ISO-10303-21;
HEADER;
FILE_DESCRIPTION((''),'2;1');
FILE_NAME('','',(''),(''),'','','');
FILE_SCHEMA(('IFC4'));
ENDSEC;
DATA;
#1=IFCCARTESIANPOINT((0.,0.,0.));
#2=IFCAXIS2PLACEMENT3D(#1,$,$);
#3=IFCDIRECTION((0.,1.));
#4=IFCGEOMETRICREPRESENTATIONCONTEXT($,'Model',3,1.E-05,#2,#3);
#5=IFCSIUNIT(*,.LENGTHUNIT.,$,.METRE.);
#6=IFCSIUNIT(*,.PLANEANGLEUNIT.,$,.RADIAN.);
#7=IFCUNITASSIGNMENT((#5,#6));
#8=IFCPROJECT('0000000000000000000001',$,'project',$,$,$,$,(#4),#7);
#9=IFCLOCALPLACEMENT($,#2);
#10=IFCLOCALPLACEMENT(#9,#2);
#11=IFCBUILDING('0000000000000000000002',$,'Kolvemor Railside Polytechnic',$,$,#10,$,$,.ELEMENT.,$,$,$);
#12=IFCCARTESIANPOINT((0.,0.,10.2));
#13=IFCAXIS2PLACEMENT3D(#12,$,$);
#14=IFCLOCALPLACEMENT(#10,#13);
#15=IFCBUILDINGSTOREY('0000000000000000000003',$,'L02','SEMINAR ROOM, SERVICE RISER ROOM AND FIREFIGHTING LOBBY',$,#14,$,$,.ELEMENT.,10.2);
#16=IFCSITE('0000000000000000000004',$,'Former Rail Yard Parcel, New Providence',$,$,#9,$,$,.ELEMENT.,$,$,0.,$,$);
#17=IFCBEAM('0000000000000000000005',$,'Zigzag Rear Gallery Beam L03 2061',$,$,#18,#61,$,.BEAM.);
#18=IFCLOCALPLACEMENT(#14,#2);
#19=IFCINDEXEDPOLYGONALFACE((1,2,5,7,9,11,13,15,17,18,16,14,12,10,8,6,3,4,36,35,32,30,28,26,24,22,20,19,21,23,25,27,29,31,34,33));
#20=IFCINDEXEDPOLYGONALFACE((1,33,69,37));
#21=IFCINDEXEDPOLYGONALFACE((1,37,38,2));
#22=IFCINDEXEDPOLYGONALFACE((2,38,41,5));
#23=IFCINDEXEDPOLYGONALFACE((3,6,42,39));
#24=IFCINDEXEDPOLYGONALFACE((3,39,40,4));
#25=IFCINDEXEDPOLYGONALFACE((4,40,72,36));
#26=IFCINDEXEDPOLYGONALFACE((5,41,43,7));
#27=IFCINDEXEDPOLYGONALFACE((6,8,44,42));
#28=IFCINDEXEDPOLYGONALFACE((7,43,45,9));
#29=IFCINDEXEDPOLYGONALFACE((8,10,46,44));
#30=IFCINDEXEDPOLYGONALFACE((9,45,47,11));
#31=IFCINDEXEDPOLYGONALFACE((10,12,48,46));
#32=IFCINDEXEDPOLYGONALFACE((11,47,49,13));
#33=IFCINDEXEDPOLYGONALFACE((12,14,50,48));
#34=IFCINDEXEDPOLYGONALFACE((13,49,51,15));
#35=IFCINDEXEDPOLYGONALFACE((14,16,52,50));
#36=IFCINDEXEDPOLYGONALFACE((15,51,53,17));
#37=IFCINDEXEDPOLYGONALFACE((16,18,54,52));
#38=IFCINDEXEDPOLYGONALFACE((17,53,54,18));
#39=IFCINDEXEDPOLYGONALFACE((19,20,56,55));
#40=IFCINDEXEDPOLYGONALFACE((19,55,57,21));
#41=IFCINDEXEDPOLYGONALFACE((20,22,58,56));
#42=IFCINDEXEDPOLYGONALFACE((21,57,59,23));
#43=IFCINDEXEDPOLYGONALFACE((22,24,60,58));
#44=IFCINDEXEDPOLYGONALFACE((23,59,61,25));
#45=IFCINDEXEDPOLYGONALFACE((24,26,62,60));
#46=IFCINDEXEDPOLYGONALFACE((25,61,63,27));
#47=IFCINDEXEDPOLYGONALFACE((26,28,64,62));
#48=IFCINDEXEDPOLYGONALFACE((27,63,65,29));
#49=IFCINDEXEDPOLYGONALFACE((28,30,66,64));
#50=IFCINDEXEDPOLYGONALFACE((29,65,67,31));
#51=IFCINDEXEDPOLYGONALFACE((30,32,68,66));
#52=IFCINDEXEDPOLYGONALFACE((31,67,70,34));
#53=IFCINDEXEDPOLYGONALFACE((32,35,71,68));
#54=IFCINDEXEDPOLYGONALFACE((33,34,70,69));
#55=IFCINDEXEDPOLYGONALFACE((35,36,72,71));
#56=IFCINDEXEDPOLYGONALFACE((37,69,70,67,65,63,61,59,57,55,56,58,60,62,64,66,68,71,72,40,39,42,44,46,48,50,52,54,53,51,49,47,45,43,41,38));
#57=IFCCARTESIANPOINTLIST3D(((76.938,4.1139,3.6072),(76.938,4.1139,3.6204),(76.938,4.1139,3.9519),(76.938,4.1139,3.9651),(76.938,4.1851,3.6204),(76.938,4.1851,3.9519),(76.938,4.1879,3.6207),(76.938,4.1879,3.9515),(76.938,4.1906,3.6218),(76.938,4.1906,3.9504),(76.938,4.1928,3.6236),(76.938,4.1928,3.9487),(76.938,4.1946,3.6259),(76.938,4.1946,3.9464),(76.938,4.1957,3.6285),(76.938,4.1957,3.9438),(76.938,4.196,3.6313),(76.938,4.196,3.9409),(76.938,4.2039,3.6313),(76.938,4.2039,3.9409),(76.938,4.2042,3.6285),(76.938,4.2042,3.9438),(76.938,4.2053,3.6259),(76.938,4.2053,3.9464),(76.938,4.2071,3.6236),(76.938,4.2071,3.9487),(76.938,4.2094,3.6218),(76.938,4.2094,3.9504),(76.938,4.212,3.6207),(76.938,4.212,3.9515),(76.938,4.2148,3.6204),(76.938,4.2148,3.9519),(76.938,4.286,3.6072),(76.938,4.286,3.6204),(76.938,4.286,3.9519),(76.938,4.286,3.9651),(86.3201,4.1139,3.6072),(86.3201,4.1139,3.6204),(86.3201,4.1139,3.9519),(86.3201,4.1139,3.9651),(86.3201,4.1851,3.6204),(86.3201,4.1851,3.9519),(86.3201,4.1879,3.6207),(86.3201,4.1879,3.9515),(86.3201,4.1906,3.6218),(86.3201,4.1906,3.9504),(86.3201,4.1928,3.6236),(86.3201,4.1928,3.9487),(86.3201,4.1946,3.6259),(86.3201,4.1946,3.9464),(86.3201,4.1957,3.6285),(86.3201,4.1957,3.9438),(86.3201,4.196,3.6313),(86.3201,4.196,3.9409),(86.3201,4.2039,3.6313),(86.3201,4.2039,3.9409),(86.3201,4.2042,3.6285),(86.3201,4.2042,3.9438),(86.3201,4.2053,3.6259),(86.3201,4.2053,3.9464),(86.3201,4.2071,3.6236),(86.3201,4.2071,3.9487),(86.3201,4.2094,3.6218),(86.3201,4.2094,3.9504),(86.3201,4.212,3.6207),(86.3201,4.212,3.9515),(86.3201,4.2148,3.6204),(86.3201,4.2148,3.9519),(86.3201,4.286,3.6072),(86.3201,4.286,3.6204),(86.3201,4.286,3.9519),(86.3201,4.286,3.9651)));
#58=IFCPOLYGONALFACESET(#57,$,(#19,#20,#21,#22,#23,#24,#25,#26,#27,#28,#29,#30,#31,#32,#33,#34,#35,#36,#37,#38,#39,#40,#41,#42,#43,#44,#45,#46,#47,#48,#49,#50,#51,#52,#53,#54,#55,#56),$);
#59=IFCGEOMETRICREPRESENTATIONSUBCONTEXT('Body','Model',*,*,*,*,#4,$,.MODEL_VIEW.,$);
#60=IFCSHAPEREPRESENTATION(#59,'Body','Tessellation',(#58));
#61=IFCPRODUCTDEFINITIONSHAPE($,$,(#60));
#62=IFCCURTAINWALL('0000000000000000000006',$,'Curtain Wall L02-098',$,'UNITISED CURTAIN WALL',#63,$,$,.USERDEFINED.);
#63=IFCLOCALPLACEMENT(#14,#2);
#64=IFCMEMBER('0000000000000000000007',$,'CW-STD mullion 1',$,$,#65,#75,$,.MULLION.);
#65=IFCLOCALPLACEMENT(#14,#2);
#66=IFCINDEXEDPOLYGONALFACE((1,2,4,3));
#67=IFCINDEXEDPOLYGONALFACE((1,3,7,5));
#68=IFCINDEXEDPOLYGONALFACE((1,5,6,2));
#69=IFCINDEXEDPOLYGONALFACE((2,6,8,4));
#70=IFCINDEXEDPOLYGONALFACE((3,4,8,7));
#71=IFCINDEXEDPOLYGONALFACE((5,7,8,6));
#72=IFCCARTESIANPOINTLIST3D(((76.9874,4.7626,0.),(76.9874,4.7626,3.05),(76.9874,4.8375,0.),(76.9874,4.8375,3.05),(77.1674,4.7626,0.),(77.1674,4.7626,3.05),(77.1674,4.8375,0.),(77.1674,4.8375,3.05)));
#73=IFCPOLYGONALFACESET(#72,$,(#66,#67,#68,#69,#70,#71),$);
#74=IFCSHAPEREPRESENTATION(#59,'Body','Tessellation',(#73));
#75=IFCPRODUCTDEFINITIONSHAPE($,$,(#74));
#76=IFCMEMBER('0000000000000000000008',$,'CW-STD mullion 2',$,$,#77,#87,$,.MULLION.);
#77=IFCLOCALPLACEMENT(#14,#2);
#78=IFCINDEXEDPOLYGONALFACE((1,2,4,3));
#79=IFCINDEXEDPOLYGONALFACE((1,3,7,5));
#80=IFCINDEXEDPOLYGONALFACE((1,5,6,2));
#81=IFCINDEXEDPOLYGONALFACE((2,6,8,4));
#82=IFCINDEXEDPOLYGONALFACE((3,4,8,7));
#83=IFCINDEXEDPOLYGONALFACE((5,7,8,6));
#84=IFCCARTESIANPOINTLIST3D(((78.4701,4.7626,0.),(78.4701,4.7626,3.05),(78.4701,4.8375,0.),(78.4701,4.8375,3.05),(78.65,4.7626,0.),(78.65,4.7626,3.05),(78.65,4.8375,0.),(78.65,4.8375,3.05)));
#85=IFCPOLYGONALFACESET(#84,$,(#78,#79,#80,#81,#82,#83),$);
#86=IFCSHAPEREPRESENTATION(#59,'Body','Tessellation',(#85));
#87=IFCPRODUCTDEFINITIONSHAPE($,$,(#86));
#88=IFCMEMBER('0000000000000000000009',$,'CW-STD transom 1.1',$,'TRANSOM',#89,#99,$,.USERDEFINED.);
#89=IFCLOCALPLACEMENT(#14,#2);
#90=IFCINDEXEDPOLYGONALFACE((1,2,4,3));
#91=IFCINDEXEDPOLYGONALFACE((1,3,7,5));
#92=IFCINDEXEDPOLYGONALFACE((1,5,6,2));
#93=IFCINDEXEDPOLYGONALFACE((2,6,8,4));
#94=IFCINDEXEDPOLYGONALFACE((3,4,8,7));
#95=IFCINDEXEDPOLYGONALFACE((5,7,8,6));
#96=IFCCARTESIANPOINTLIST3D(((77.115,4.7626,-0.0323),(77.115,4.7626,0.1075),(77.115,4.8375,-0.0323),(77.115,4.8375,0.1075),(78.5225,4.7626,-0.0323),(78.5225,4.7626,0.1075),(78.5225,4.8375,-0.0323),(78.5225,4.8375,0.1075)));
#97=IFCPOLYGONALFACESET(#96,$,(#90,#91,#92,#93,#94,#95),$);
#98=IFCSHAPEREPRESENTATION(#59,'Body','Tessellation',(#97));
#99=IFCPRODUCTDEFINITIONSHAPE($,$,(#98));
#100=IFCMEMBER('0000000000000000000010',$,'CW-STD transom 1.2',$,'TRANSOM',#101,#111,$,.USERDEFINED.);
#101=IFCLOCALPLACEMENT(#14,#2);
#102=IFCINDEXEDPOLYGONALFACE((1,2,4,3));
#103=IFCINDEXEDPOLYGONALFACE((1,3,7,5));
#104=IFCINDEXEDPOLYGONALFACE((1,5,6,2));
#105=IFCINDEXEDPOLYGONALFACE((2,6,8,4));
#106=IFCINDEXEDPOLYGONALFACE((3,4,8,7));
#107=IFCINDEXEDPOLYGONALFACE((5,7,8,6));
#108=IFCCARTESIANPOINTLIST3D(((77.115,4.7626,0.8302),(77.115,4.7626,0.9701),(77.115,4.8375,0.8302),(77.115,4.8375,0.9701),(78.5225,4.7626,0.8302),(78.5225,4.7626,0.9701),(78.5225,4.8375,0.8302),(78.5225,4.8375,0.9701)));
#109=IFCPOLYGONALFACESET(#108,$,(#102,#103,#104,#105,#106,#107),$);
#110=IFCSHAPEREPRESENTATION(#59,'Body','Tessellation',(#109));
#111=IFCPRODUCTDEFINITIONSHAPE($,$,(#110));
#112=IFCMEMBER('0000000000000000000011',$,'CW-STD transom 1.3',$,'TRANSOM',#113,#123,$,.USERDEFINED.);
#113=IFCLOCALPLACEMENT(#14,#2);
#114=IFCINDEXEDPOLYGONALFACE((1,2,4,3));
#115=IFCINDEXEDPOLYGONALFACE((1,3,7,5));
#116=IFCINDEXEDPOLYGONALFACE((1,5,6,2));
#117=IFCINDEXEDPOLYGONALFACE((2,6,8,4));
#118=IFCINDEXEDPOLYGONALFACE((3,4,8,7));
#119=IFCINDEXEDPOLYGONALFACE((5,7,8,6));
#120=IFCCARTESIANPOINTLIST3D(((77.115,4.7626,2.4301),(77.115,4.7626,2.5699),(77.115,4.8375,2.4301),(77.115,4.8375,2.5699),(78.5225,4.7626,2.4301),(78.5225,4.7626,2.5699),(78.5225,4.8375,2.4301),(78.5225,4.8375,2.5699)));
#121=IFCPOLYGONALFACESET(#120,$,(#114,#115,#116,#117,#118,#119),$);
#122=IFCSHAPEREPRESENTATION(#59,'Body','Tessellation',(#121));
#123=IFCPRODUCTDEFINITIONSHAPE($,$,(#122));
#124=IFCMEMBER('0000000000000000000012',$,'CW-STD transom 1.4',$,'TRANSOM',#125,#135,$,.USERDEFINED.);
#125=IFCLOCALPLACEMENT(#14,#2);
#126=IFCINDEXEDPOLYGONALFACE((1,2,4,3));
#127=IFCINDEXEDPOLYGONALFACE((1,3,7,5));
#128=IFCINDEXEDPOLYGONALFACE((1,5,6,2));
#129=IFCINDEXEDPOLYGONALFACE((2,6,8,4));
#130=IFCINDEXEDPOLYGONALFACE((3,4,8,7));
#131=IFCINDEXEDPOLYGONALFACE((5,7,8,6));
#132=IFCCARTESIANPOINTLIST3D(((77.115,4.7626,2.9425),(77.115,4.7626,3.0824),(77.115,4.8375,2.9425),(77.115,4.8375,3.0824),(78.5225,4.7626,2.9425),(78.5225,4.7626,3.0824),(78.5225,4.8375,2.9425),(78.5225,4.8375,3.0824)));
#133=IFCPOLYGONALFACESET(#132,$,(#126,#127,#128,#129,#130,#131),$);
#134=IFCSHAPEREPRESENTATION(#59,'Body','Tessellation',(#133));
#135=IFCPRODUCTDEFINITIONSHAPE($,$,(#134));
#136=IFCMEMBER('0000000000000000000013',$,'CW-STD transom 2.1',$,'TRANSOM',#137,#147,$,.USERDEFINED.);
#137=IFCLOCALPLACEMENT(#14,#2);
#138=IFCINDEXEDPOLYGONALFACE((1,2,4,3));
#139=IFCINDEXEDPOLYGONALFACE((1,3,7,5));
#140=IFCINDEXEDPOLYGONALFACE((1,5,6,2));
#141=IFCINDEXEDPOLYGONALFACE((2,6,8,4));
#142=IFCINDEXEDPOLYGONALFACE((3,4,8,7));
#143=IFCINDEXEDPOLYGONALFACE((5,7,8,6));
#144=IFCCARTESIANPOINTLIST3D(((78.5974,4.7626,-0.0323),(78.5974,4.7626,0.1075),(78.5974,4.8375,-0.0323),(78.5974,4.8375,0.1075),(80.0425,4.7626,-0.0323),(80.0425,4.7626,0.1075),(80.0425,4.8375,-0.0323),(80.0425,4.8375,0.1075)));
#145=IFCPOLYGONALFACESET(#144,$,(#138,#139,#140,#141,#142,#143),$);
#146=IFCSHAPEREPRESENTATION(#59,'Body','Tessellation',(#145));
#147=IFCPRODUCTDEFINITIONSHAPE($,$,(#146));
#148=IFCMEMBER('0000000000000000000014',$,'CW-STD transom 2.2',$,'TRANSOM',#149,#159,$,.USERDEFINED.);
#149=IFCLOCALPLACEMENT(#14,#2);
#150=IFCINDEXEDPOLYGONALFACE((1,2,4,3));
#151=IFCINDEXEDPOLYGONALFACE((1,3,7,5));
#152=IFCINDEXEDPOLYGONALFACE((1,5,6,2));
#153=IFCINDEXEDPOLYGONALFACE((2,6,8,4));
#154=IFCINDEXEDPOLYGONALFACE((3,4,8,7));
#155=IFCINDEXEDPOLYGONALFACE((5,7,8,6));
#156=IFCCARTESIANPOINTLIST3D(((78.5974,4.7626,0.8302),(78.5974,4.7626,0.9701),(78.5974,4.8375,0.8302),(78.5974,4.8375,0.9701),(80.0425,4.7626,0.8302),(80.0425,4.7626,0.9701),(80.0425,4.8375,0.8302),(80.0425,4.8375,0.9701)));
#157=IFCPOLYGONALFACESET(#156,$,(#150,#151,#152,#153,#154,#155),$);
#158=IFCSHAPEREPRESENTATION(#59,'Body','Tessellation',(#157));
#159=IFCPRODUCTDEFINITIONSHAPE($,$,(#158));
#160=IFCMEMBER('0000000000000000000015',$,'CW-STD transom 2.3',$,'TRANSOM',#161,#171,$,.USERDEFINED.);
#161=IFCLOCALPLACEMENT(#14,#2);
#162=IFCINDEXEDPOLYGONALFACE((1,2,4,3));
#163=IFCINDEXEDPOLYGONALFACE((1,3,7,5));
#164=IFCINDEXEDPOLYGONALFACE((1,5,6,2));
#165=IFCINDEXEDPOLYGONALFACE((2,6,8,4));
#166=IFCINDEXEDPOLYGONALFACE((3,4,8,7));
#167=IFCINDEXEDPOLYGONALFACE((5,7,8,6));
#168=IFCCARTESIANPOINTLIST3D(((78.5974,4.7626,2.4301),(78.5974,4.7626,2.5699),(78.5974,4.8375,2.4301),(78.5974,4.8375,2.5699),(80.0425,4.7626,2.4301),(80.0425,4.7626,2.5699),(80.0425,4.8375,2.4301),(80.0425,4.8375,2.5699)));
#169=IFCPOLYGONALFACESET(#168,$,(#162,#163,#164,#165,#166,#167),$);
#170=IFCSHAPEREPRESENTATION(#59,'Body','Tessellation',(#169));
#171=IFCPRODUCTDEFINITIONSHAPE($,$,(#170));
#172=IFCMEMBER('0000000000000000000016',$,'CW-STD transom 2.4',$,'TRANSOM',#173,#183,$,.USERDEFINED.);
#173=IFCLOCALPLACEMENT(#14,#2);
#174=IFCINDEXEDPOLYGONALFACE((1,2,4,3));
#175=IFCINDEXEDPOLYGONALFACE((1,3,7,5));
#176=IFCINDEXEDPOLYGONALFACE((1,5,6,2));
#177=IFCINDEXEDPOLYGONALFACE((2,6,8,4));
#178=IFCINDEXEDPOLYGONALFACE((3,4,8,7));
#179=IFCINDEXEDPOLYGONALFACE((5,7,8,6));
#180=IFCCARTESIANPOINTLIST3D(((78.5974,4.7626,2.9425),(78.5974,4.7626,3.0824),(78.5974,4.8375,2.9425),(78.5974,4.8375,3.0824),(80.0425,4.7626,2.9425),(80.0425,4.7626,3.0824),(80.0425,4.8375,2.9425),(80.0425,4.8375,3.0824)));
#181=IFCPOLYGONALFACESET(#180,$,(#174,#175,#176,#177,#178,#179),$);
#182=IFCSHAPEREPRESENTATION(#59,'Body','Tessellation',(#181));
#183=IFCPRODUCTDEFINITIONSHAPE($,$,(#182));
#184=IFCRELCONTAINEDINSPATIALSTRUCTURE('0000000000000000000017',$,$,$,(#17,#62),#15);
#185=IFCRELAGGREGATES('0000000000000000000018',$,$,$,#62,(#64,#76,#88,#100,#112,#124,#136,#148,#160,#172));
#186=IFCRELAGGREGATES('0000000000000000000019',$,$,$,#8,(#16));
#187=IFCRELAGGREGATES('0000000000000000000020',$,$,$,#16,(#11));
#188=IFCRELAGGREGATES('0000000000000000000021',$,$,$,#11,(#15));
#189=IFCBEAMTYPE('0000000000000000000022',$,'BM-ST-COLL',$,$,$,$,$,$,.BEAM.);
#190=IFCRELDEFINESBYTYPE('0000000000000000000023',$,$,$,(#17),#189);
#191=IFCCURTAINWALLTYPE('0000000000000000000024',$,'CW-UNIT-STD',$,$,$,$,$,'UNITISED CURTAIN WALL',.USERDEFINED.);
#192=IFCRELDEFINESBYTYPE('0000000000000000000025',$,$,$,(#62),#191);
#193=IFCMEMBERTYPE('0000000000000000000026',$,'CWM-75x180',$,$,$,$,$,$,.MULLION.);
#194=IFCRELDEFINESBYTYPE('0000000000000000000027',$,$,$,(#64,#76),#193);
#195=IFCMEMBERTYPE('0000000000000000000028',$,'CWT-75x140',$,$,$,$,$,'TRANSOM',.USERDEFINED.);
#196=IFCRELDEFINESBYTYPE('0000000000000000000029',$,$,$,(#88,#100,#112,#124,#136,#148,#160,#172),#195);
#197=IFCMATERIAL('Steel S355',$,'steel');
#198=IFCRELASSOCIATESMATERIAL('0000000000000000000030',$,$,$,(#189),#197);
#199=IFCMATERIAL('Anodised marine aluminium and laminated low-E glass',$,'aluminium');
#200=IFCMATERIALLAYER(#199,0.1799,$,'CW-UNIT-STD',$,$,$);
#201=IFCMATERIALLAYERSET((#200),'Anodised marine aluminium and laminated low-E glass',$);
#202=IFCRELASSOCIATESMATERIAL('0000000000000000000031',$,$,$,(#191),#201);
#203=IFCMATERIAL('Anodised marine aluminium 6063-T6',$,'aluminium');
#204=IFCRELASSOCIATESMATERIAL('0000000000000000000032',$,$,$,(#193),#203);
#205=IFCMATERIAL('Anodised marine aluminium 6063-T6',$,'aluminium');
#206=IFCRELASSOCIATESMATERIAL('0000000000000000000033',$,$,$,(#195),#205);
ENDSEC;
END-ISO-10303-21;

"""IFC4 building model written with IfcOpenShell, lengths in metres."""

from ifc_helpers import new_model, si_unit, direction, frame, origin, origin_2d, place, context, subcontext, project, spatial, rectangle, i_section, extrude, material, layer, layer_set, material_profile, profile_set, type_object, element, aggregate, save


model = new_model("IFC4")

# Units and contexts
model_context = context("Model", 3, precision=1e-05, world=origin(), true_north=direction((0.0, 1.0)))
body_context = subcontext(model_context, "Body", "Model", "MODEL_VIEW")
ifc_project = project(units=[si_unit("LENGTHUNIT", "METRE"), si_unit("PLANEANGLEUNIT", "RADIAN")], contexts=[model_context])

# Site, building, storey
site_placement = place(None, origin())
site = spatial("IfcSite", under=ifc_project, at=site_placement, Name="Former Rail Yard Parcel, New Providence", CompositionType="ELEMENT", RefElevation=0.0)
building_placement = place(site_placement, origin())
building = spatial("IfcBuilding", under=site, at=building_placement, Name="Kolvemor Railside Polytechnic", CompositionType="ELEMENT")
storey_placement = place(building_placement, frame((0.0, 0.0, 10.2)))
storey = spatial("IfcBuildingStorey", under=building, at=storey_placement, Name="L02", Description="SEMINAR ROOM, SERVICE RISER ROOM AND FIREFIGHTING LOBBY", CompositionType="ELEMENT", Elevation=10.2)

# Beam
ifc_material_1 = material(Name="Steel S355", Category="steel")
ifc_material_profile_1 = material_profile(ifc_material_1, i_section(OverallWidth=0.1721, OverallDepth=0.3579, WebThickness=0.0078, FlangeThickness=0.0132, FilletRadius=0.011, at=origin_2d()), Name="W360x57")
ifc_profile_set_1 = profile_set([ifc_material_profile_1], Name="Steel S355")
beam_type_1 = type_object("IfcBeamType", Name="BM-ST-COLL", PredefinedType="BEAM", material=ifc_profile_set_1)
beam_1_placement = place(storey_placement, frame((76.938, 4.2, 3.7861), z_axis=(1.0, 0.0, 0.0), x_axis=(0.0, 1.0, 0.0)))
element("IfcBeam", 1, at=beam_1_placement, inside=storey, type_object=beam_type_1, Name="Zigzag Rear Gallery Beam L03 2061", PredefinedType="BEAM", context=body_context, shape_type="SweptSolid", body=[
    extrude(i_section(OverallWidth=0.1721, OverallDepth=0.3579, WebThickness=0.0078, FlangeThickness=0.0132, FilletRadius=0.011, at=origin_2d()), origin(), (0.0, 0.0, 1.0), 9.3821),
])

# Curtain wall, members
ifc_material_2 = material(Name="Anodised marine aluminium and laminated low-E glass", Category="aluminium")
ifc_layer_1 = layer(ifc_material_2, 0.1799, Name="CW-UNIT-STD")
ifc_layer_set_1 = layer_set([ifc_layer_1], Name="Anodised marine aluminium and laminated low-E glass")
curtain_wall_type = type_object("IfcCurtainWallType", Name="CW-UNIT-STD", ElementType="UNITISED CURTAIN WALL", PredefinedType="USERDEFINED", material=ifc_layer_set_1)
curtain_wall_placement = place(storey_placement, origin())
curtain_wall = element("IfcCurtainWall", 2, at=curtain_wall_placement, inside=storey, type_object=curtain_wall_type, Name="Curtain Wall L02-098", ObjectType="UNITISED CURTAIN WALL", PredefinedType="USERDEFINED")
ifc_material_3 = material(Name="Anodised marine aluminium 6063-T6", Category="aluminium")
ifc_material_profile_2 = material_profile(ifc_material_3, rectangle(XDim=0.075, YDim=0.1799, at=origin_2d()), Name="CW-MUL-75x180")
ifc_profile_set_2 = profile_set([ifc_material_profile_2], Name="Anodised marine aluminium 6063-T6")
member_type_1 = type_object("IfcMemberType", Name="CWM-75x180", PredefinedType="MULLION", material=ifc_profile_set_2)
member_1_placement = place(storey_placement, frame((77.0774, 4.8, 0.0), z_axis=(0.0, 0.0, 1.0), x_axis=(0.0, 1.0, 0.0)))
member_1 = element("IfcMember", 3, at=member_1_placement, type_object=member_type_1, Name="CW-STD mullion 1", PredefinedType="MULLION", context=body_context, shape_type="SweptSolid", body=[
    extrude(rectangle(XDim=0.075, YDim=0.1799, at=origin_2d()), origin(), (0.0, 0.0, 1.0), 3.05),
])
member_2_placement = place(storey_placement, frame((78.5601, 4.8, 0.0), z_axis=(0.0, 0.0, 1.0), x_axis=(0.0, 1.0, 0.0)))
member_2 = element("IfcMember", 4, at=member_2_placement, type_object=member_type_1, Name="CW-STD mullion 2", PredefinedType="MULLION", context=body_context, shape_type="SweptSolid", body=[
    extrude(rectangle(XDim=0.075, YDim=0.1799, at=origin_2d()), origin(), (0.0, 0.0, 1.0), 3.05),
])
ifc_material_4 = material(Name="Anodised marine aluminium 6063-T6", Category="aluminium")
ifc_material_profile_3 = material_profile(ifc_material_4, rectangle(XDim=0.075, YDim=0.1399, at=origin_2d()), Name="CW-TRN-75x140")
ifc_profile_set_3 = profile_set([ifc_material_profile_3], Name="Anodised marine aluminium 6063-T6")
member_type_2 = type_object("IfcMemberType", Name="CWT-75x140", ElementType="TRANSOM", PredefinedType="USERDEFINED", material=ifc_profile_set_3)
member_3_placement = place(storey_placement, frame((77.115, 4.8, 0.0376), z_axis=(1.0, 0.0, 0.0), x_axis=(0.0, 1.0, 0.0)))
member_3 = element("IfcMember", 5, at=member_3_placement, type_object=member_type_2, Name="CW-STD transom 1.1", ObjectType="TRANSOM", PredefinedType="USERDEFINED", context=body_context, shape_type="SweptSolid", body=[
    extrude(rectangle(XDim=0.075, YDim=0.1399, at=origin_2d()), origin(), (0.0, 0.0, 1.0), 1.4075),
])
member_4_placement = place(storey_placement, frame((77.115, 4.8, 0.9001), z_axis=(1.0, 0.0, 0.0), x_axis=(0.0, 1.0, 0.0)))
member_4 = element("IfcMember", 6, at=member_4_placement, type_object=member_type_2, Name="CW-STD transom 1.2", ObjectType="TRANSOM", PredefinedType="USERDEFINED", context=body_context, shape_type="SweptSolid", body=[
    extrude(rectangle(XDim=0.075, YDim=0.1399, at=origin_2d()), origin(), (0.0, 0.0, 1.0), 1.4075),
])
member_5_placement = place(storey_placement, frame((77.115, 4.8, 2.5), z_axis=(1.0, 0.0, 0.0), x_axis=(0.0, 1.0, 0.0)))
member_5 = element("IfcMember", 7, at=member_5_placement, type_object=member_type_2, Name="CW-STD transom 1.3", ObjectType="TRANSOM", PredefinedType="USERDEFINED", context=body_context, shape_type="SweptSolid", body=[
    extrude(rectangle(XDim=0.075, YDim=0.1399, at=origin_2d()), origin(), (0.0, 0.0, 1.0), 1.4075),
])
member_6_placement = place(storey_placement, frame((77.115, 4.8, 3.0125), z_axis=(1.0, 0.0, 0.0), x_axis=(0.0, 1.0, 0.0)))
member_6 = element("IfcMember", 8, at=member_6_placement, type_object=member_type_2, Name="CW-STD transom 1.4", ObjectType="TRANSOM", PredefinedType="USERDEFINED", context=body_context, shape_type="SweptSolid", body=[
    extrude(rectangle(XDim=0.075, YDim=0.1399, at=origin_2d()), origin(), (0.0, 0.0, 1.0), 1.4075),
])
member_7_placement = place(storey_placement, frame((78.5974, 4.8, 0.0376), z_axis=(1.0, 0.0, 0.0), x_axis=(0.0, 1.0, 0.0)))
member_7 = element("IfcMember", 9, at=member_7_placement, type_object=member_type_2, Name="CW-STD transom 2.1", ObjectType="TRANSOM", PredefinedType="USERDEFINED", context=body_context, shape_type="SweptSolid", body=[
    extrude(rectangle(XDim=0.075, YDim=0.1399, at=origin_2d()), origin(), (0.0, 0.0, 1.0), 1.4451),
])
member_8_placement = place(storey_placement, frame((78.5974, 4.8, 0.9001), z_axis=(1.0, 0.0, 0.0), x_axis=(0.0, 1.0, 0.0)))
member_8 = element("IfcMember", 10, at=member_8_placement, type_object=member_type_2, Name="CW-STD transom 2.2", ObjectType="TRANSOM", PredefinedType="USERDEFINED", context=body_context, shape_type="SweptSolid", body=[
    extrude(rectangle(XDim=0.075, YDim=0.1399, at=origin_2d()), origin(), (0.0, 0.0, 1.0), 1.4451),
])
member_9_placement = place(storey_placement, frame((78.5974, 4.8, 2.5), z_axis=(1.0, 0.0, 0.0), x_axis=(0.0, 1.0, 0.0)))
member_9 = element("IfcMember", 11, at=member_9_placement, type_object=member_type_2, Name="CW-STD transom 2.3", ObjectType="TRANSOM", PredefinedType="USERDEFINED", context=body_context, shape_type="SweptSolid", body=[
    extrude(rectangle(XDim=0.075, YDim=0.1399, at=origin_2d()), origin(), (0.0, 0.0, 1.0), 1.4451),
])
member_10_placement = place(storey_placement, frame((78.5974, 4.8, 3.0125), z_axis=(1.0, 0.0, 0.0), x_axis=(0.0, 1.0, 0.0)))
member_10 = element("IfcMember", 12, at=member_10_placement, type_object=member_type_2, Name="CW-STD transom 2.4", ObjectType="TRANSOM", PredefinedType="USERDEFINED", context=body_context, shape_type="SweptSolid", body=[
    extrude(rectangle(XDim=0.075, YDim=0.1399, at=origin_2d()), origin(), (0.0, 0.0, 1.0), 1.4451),
])

aggregate(curtain_wall, [member_1, member_2, member_3, member_4, member_5, member_6, member_7, member_8, member_9, member_10])

save(model, "model.ifc")
